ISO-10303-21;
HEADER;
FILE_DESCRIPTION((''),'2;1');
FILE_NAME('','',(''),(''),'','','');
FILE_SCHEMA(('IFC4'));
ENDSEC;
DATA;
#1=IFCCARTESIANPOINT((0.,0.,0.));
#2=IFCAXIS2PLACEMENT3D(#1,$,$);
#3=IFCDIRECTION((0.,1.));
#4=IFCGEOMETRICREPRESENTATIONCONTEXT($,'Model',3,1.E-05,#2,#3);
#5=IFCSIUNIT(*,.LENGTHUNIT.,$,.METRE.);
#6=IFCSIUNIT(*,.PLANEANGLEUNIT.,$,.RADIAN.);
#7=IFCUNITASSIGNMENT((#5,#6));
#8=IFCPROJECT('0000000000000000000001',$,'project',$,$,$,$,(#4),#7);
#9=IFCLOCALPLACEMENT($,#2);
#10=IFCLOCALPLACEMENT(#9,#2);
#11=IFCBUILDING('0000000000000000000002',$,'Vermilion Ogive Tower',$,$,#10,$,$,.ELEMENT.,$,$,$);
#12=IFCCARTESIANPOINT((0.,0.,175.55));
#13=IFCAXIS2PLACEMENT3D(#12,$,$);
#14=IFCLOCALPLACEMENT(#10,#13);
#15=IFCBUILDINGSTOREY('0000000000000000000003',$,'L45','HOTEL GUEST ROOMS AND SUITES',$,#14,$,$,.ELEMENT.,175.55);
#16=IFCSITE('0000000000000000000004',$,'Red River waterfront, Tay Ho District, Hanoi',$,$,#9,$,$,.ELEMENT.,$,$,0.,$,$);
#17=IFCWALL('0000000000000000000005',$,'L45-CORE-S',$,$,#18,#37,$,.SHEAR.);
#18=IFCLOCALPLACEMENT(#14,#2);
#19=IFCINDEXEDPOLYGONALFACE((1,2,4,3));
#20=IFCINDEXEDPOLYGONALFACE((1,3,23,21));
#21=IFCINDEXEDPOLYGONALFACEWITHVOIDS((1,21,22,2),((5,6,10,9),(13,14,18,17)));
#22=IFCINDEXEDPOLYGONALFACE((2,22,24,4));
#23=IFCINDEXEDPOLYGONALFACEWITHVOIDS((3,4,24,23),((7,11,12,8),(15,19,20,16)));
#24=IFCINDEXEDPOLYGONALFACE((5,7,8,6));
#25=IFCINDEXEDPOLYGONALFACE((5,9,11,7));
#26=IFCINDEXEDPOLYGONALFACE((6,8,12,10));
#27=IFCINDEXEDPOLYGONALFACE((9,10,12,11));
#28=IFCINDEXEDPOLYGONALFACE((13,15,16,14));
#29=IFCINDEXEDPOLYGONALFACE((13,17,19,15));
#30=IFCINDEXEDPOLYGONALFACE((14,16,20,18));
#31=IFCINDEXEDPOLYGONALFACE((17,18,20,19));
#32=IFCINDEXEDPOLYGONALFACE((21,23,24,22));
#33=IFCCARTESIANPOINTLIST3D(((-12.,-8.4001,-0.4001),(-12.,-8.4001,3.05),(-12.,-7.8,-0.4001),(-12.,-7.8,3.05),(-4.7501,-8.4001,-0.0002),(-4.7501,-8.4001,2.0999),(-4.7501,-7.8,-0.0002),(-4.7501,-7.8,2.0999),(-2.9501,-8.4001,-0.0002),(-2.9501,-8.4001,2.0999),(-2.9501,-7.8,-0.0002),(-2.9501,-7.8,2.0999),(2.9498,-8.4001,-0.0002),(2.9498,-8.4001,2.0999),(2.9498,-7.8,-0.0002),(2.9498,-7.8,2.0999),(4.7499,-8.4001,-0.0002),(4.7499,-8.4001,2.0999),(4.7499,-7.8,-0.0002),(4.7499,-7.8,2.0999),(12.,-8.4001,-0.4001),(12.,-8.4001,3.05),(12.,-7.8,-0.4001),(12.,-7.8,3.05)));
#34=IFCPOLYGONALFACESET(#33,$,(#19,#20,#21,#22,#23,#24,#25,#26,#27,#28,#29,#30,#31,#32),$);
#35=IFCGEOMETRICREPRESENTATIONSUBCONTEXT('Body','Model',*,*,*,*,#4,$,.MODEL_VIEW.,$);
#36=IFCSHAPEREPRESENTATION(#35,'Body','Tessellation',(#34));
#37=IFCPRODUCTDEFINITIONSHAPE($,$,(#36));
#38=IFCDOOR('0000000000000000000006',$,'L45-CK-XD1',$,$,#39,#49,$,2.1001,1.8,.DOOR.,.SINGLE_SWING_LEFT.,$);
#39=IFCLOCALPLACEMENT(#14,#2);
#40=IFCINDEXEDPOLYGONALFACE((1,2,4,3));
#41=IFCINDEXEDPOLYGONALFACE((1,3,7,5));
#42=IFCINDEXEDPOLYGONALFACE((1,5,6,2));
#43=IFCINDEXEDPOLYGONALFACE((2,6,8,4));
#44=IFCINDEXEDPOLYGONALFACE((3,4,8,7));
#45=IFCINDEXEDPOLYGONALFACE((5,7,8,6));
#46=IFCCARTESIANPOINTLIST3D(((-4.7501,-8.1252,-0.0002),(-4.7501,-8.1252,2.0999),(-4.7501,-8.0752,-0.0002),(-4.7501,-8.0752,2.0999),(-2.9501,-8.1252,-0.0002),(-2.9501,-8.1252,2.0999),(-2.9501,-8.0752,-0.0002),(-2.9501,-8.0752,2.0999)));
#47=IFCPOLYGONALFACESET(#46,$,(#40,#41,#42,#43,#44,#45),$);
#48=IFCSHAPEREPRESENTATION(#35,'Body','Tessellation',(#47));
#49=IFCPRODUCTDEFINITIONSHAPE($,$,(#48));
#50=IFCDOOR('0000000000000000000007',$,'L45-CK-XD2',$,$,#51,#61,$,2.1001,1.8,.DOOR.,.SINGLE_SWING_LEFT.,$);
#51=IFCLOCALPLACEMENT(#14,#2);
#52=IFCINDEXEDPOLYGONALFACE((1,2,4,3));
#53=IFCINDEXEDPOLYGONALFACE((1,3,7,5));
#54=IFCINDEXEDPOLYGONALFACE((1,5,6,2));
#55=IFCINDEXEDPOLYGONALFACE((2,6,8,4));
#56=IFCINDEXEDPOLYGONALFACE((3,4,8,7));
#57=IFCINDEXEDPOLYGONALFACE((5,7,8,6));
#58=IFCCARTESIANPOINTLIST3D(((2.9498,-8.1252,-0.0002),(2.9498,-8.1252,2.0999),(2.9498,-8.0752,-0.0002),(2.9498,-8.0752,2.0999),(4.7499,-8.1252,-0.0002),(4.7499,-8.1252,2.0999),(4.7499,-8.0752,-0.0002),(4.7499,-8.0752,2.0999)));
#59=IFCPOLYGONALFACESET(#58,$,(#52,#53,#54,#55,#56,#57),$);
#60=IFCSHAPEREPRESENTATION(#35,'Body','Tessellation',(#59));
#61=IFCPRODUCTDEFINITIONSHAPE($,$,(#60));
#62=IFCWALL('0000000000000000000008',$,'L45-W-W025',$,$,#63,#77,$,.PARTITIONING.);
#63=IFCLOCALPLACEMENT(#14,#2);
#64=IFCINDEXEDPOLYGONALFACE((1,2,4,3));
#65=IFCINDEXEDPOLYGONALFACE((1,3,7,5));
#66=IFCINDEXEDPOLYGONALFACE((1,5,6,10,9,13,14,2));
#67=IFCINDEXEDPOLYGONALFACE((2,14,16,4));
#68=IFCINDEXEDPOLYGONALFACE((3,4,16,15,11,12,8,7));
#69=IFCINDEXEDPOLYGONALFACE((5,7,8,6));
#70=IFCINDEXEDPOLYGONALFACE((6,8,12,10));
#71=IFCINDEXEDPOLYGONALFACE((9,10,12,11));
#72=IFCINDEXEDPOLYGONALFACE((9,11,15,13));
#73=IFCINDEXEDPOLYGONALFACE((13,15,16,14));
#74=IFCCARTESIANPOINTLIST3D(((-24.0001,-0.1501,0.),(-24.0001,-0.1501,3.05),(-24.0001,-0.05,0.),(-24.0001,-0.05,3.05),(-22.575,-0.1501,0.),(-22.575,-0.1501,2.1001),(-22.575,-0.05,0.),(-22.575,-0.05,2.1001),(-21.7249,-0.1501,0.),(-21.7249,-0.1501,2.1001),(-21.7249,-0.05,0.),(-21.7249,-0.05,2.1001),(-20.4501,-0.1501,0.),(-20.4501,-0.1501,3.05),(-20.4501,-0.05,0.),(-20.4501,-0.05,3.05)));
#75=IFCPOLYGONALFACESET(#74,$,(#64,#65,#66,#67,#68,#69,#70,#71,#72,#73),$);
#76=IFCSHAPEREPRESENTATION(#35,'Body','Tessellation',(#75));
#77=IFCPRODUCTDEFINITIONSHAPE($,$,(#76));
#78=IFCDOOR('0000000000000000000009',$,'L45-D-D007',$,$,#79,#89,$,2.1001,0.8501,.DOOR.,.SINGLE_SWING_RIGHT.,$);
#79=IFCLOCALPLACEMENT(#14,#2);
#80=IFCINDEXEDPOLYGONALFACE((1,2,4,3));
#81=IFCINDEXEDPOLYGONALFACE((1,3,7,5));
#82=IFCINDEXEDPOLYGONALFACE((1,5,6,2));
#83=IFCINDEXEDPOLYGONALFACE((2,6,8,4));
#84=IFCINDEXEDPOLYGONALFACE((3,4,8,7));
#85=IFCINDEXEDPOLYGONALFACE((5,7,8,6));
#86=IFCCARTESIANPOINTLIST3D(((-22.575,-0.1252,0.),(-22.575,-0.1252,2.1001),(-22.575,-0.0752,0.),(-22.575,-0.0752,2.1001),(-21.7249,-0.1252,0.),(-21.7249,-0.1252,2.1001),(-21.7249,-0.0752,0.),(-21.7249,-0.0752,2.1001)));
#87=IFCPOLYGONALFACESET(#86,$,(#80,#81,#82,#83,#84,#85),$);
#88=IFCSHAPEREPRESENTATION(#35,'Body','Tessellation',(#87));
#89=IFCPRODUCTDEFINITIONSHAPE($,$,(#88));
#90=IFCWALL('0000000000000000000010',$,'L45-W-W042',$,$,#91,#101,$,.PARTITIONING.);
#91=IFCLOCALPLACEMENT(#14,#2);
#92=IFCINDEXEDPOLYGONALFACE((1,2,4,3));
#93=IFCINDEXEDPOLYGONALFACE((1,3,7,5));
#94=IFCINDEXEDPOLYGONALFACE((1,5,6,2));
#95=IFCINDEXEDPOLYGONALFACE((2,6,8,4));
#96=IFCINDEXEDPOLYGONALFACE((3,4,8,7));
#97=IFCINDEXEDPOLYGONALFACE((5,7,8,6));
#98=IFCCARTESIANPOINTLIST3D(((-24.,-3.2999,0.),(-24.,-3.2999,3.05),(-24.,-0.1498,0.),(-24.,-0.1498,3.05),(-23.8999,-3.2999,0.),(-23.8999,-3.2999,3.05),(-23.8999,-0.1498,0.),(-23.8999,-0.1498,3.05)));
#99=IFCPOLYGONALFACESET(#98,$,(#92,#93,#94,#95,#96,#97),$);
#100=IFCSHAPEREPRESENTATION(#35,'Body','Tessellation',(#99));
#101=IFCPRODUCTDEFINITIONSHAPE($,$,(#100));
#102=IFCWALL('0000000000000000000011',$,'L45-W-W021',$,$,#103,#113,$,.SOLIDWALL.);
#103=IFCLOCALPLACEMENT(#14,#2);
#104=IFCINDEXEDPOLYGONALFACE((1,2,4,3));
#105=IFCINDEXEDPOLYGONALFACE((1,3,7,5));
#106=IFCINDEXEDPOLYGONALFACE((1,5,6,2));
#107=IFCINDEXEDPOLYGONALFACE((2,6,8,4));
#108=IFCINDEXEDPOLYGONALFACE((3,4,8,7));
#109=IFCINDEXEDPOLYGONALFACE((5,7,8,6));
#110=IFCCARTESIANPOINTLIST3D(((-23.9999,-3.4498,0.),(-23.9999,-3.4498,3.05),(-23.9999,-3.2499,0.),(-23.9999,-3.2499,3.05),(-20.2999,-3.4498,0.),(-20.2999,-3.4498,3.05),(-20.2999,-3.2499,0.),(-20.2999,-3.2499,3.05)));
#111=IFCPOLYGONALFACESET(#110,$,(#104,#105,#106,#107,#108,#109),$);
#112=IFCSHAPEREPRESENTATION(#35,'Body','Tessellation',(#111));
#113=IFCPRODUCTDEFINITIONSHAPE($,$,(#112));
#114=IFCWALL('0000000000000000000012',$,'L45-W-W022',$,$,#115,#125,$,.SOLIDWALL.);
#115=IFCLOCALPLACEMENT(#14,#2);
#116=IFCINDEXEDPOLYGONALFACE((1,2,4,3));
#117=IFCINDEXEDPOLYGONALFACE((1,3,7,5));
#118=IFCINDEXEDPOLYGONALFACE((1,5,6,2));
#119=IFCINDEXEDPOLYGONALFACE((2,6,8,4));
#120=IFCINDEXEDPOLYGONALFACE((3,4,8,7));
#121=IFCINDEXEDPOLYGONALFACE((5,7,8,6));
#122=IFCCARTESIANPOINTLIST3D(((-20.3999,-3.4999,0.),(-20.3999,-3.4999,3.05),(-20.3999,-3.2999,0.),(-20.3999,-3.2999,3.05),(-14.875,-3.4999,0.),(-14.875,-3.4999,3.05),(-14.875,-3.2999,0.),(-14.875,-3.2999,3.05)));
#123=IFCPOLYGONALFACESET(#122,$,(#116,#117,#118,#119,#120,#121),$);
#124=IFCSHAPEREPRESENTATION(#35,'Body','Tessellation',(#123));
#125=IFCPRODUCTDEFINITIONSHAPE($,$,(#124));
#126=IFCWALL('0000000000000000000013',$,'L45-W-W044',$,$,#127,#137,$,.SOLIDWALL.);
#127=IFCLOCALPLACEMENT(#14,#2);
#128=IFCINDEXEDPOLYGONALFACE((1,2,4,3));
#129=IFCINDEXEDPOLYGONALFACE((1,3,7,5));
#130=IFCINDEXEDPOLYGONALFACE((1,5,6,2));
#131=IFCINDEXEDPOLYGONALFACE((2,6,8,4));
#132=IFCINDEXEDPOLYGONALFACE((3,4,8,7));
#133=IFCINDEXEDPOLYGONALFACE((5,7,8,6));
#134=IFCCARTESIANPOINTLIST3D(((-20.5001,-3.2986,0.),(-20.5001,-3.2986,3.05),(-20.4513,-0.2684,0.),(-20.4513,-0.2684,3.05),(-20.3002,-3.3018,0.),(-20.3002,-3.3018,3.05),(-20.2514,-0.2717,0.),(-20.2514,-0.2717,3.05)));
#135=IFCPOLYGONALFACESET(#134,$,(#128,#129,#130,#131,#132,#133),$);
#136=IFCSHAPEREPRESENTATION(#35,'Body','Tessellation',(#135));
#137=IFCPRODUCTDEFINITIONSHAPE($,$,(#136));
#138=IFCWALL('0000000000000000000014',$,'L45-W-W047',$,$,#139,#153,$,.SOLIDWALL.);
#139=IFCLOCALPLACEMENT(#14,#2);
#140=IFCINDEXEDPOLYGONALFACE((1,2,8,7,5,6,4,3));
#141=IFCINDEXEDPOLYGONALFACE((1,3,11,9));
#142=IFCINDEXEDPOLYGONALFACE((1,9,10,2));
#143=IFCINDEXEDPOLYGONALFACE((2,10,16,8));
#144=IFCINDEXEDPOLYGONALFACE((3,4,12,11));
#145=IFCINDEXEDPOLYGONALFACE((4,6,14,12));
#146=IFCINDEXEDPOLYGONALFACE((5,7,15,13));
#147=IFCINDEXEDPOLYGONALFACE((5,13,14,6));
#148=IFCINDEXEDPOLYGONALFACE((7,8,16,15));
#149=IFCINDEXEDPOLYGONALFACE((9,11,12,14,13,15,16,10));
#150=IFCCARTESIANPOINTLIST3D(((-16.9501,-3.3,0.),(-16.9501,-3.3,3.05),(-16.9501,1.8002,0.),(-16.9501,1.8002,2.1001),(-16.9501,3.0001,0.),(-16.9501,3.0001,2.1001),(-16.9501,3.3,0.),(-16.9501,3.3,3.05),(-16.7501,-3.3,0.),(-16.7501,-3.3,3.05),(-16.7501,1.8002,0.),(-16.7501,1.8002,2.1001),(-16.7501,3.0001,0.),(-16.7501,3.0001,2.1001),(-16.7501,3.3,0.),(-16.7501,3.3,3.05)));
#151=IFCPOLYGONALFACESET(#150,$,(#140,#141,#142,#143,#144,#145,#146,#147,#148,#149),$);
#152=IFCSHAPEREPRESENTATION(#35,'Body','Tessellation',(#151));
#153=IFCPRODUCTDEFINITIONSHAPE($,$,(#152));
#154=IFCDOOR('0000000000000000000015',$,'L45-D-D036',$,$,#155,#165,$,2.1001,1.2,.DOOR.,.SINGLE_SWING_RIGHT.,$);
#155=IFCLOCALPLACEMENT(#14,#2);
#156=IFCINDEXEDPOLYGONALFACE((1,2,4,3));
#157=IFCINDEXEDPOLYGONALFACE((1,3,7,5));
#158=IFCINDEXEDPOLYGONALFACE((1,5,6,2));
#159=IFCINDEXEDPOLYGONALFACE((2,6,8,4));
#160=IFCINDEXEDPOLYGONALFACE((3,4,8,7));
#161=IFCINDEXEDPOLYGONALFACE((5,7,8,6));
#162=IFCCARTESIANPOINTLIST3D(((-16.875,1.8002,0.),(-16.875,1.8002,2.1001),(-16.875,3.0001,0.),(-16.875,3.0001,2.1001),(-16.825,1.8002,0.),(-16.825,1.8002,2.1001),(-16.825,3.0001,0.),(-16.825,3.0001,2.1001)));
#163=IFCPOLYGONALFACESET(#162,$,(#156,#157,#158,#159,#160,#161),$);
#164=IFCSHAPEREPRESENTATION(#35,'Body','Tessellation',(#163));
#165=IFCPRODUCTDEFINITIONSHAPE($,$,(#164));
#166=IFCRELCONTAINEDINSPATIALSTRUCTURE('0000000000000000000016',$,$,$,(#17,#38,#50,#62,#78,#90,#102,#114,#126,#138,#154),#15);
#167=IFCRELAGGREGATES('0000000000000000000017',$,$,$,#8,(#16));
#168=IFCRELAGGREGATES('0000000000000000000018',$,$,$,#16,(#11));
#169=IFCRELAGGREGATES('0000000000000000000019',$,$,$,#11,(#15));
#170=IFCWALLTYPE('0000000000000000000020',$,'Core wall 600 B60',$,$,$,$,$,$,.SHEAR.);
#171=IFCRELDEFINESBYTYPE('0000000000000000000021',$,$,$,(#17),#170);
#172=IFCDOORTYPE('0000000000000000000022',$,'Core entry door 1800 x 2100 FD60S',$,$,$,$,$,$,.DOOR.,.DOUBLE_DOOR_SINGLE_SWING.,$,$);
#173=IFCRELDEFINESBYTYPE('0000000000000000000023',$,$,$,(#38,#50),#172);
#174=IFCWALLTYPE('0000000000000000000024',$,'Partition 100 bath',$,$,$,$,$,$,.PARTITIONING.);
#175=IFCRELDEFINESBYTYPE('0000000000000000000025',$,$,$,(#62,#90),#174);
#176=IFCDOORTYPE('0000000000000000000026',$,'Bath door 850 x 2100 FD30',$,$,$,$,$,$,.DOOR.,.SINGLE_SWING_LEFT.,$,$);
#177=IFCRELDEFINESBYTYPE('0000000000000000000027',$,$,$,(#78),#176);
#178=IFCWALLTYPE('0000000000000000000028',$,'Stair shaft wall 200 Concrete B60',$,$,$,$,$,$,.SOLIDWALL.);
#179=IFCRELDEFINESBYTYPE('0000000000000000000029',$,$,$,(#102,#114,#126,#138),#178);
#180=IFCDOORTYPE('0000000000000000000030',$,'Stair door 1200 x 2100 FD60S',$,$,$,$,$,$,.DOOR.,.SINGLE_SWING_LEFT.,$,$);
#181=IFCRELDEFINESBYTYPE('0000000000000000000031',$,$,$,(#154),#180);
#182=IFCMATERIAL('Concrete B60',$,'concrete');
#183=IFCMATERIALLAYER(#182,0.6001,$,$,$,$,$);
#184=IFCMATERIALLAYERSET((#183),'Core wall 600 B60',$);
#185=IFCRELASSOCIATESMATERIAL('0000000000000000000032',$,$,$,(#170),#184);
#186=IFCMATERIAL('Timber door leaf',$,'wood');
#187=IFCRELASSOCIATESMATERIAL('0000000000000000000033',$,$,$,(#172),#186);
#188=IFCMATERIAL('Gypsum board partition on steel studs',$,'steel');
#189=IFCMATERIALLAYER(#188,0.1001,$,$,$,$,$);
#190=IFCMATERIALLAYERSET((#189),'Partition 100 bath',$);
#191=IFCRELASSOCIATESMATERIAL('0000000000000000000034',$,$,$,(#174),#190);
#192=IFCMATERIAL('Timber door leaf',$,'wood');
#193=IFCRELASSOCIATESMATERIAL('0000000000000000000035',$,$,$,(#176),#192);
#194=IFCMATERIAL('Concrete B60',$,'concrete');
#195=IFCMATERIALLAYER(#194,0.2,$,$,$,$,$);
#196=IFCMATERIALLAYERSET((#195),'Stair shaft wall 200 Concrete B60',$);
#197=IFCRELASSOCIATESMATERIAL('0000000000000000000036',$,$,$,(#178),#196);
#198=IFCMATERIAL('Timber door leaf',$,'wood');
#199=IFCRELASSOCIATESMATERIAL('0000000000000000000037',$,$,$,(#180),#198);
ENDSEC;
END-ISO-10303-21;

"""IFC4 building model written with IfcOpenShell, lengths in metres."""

from ifc_helpers import new_model, si_unit, direction, frame, frame_2d, origin, place, context, subcontext, project, spatial, rectangle, extrude, material, layer, layer_set, type_object, element, fill, save


model = new_model("IFC4")

# Units and contexts
model_context = context("Model", 3, precision=1e-05, world=origin(), true_north=direction((0.0, 1.0)))
body_context = subcontext(model_context, "Body", "Model", "MODEL_VIEW")
ifc_project = project(units=[si_unit("LENGTHUNIT", "METRE"), si_unit("PLANEANGLEUNIT", "RADIAN")], contexts=[model_context])

# Site, building, storey
site_placement = place(None, origin())
site = spatial("IfcSite", under=ifc_project, at=site_placement, Name="Red River waterfront, Tay Ho District, Hanoi", CompositionType="ELEMENT", RefElevation=0.0)
building_placement = place(site_placement, origin())
building = spatial("IfcBuilding", under=site, at=building_placement, Name="Vermilion Ogive Tower", CompositionType="ELEMENT")
storey_placement = place(building_placement, frame((0.0, 0.0, 175.55)))
storey = spatial("IfcBuildingStorey", under=building, at=storey_placement, Name="L45", Description="HOTEL GUEST ROOMS AND SUITES", CompositionType="ELEMENT", Elevation=175.55)

# Wall, openings, doors
ifc_material_1 = material(Name="Concrete B60", Category="concrete")
ifc_layer_1 = layer(ifc_material_1, 0.6001)
ifc_layer_set_1 = layer_set([ifc_layer_1], Name="Core wall 600 B60")
wall_type_1 = type_object("IfcWallType", Name="Core wall 600 B60", PredefinedType="SHEAR", material=ifc_layer_set_1)
wall_1_placement = place(storey_placement, frame((-12.0, -8.1001, -0.4001), z_axis=(0.0, 0.0, 1.0), x_axis=(1.0, 0.0, 0.0)))
wall_1 = element("IfcWall", 1, at=wall_1_placement, inside=storey, type_object=wall_type_1, Name="L45-CORE-S", PredefinedType="SHEAR", context=body_context, shape_type="SweptSolid", body=[
    extrude(rectangle(XDim=24.0, YDim=0.6001, at=frame_2d((12.0, 0.0))), origin(), (0.0, 0.0, 1.0), 3.4502),
])
opening_1_placement = place(wall_1_placement, frame((7.25, 0.0, 0.3999)))
opening_1 = element("IfcOpeningElement", 2, at=opening_1_placement, cuts=wall_1, PredefinedType="OPENING", context=body_context, shape_type="SweptSolid", body=[
    extrude(rectangle(XDim=1.8, YDim=2.1001, at=frame_2d((0.8999, 1.05))), frame((0.0, 0.3101, 0.0), z_axis=(0.0, -1.0, 0.0), x_axis=(1.0, 0.0, 0.0)), (0.0, 0.0, 1.0), 0.6201),
])
opening_2_placement = place(wall_1_placement, frame((14.95, 0.0, 0.3999)))
opening_2 = element("IfcOpeningElement", 3, at=opening_2_placement, cuts=wall_1, PredefinedType="OPENING", context=body_context, shape_type="SweptSolid", body=[
    extrude(rectangle(XDim=1.8, YDim=2.1001, at=frame_2d((0.8999, 1.05))), frame((0.0, 0.3101, 0.0), z_axis=(0.0, -1.0, 0.0), x_axis=(1.0, 0.0, 0.0)), (0.0, 0.0, 1.0), 0.6201),
])
ifc_material_2 = material(Name="Timber door leaf", Category="wood")
door_type_1 = type_object("IfcDoorType", Name="Core entry door 1800 x 2100 FD60S", OperationType="DOUBLE_DOOR_SINGLE_SWING", PredefinedType="DOOR", material=ifc_material_2)
door_1_placement = place(opening_1_placement, origin())
door_1 = element("IfcDoor", 4, at=door_1_placement, inside=storey, type_object=door_type_1, Name="L45-CK-XD1", OperationType="SINGLE_SWING_LEFT", OverallHeight=2.1001, OverallWidth=1.8, PredefinedType="DOOR", context=body_context, shape_type="SweptSolid", body=[
    extrude(rectangle(XDim=1.8, YDim=2.1001, at=frame_2d((0.8999, 1.05))), frame((0.0, 0.0249, 0.0), z_axis=(0.0, -1.0, 0.0), x_axis=(1.0, 0.0, 0.0)), (0.0, 0.0, 1.0), 0.05),
])
fill(opening_1, door_1)
door_2_placement = place(opening_2_placement, origin())
door_2 = element("IfcDoor", 5, at=door_2_placement, inside=storey, type_object=door_type_1, Name="L45-CK-XD2", OperationType="SINGLE_SWING_LEFT", OverallHeight=2.1001, OverallWidth=1.8, PredefinedType="DOOR", context=body_context, shape_type="SweptSolid", body=[
    extrude(rectangle(XDim=1.8, YDim=2.1001, at=frame_2d((0.8999, 1.05))), frame((0.0, 0.0249, 0.0), z_axis=(0.0, -1.0, 0.0), x_axis=(1.0, 0.0, 0.0)), (0.0, 0.0, 1.0), 0.05),
])
fill(opening_2, door_2)

# Wall, opening, door
ifc_material_3 = material(Name="Gypsum board partition on steel studs", Category="steel")
ifc_layer_2 = layer(ifc_material_3, 0.1001)
ifc_layer_set_2 = layer_set([ifc_layer_2], Name="Partition 100 bath")
wall_type_2 = type_object("IfcWallType", Name="Partition 100 bath", PredefinedType="PARTITIONING", material=ifc_layer_set_2)
wall_2_placement = place(storey_placement, frame((-24.0, -0.1001, 0.0), z_axis=(0.0, 0.0, 1.0), x_axis=(1.0, 0.0, 0.0)))
wall_2 = element("IfcWall", 6, at=wall_2_placement, inside=storey, type_object=wall_type_2, Name="L45-W-W025", PredefinedType="PARTITIONING", context=body_context, shape_type="SweptSolid", body=[
    extrude(rectangle(XDim=3.55, YDim=0.1001, at=frame_2d((1.7749, 0.0))), origin(), (0.0, 0.0, 1.0), 3.05),
])
opening_3_placement = place(wall_2_placement, frame((1.425, 0.0, 0.0)))
opening_3 = element("IfcOpeningElement", 7, at=opening_3_placement, cuts=wall_2, PredefinedType="OPENING", context=body_context, shape_type="SweptSolid", body=[
    extrude(rectangle(XDim=0.8501, YDim=2.1001, at=frame_2d((0.425, 1.05))), frame((0.0, 0.0601, 0.0), z_axis=(0.0, -1.0, 0.0), x_axis=(1.0, 0.0, 0.0)), (0.0, 0.0, 1.0), 0.1201),
])
ifc_material_4 = material(Name="Timber door leaf", Category="wood")
door_type_2 = type_object("IfcDoorType", Name="Bath door 850 x 2100 FD30", OperationType="SINGLE_SWING_LEFT", PredefinedType="DOOR", material=ifc_material_4)
door_3_placement = place(opening_3_placement, origin())
door_3 = element("IfcDoor", 8, at=door_3_placement, inside=storey, type_object=door_type_2, Name="L45-D-D007", OperationType="SINGLE_SWING_RIGHT", OverallHeight=2.1001, OverallWidth=0.8501, PredefinedType="DOOR", context=body_context, shape_type="SweptSolid", body=[
    extrude(rectangle(XDim=0.8501, YDim=2.1001, at=frame_2d((0.425, 1.05))), frame((0.0, 0.0249, 0.0), z_axis=(0.0, -1.0, 0.0), x_axis=(1.0, 0.0, 0.0)), (0.0, 0.0, 1.0), 0.05),
])
fill(opening_3, door_3)

# Walls
wall_3_placement = place(storey_placement, frame((-23.95, -3.3, 0.0), z_axis=(0.0, 0.0, 1.0), x_axis=(0.0, 1.0, 0.0)))
element("IfcWall", 9, at=wall_3_placement, inside=storey, type_object=wall_type_2, Name="L45-W-W042", PredefinedType="PARTITIONING", context=body_context, shape_type="SweptSolid", body=[
    extrude(rectangle(XDim=3.1501, YDim=0.1001, at=frame_2d((1.5752, 0.0))), origin(), (0.0, 0.0, 1.0), 3.05),
])
ifc_material_5 = material(Name="Concrete B60", Category="concrete")
ifc_layer_3 = layer(ifc_material_5, 0.2)
ifc_layer_set_3 = layer_set([ifc_layer_3], Name="Stair shaft wall 200 Concrete B60")
wall_type_3 = type_object("IfcWallType", Name="Stair shaft wall 200 Concrete B60", PredefinedType="SOLIDWALL", material=ifc_layer_set_3)
wall_4_placement = place(storey_placement, frame((-24.0, -3.3499, 0.0), z_axis=(0.0, 0.0, 1.0), x_axis=(1.0, 0.0, 0.0)))
element("IfcWall", 10, at=wall_4_placement, inside=storey, type_object=wall_type_3, Name="L45-W-W021", PredefinedType="SOLIDWALL", context=body_context, shape_type="SweptSolid", body=[
    extrude(rectangle(XDim=3.7, YDim=0.2, at=frame_2d((1.8501, 0.0))), origin(), (0.0, 0.0, 1.0), 3.05),
])
wall_5_placement = place(storey_placement, frame((-20.3999, -3.3999, 0.0), z_axis=(0.0, 0.0, 1.0), x_axis=(1.0, 0.0, 0.0)))
element("IfcWall", 11, at=wall_5_placement, inside=storey, type_object=wall_type_3, Name="L45-W-W022", PredefinedType="SOLIDWALL", context=body_context, shape_type="SweptSolid", body=[
    extrude(rectangle(XDim=5.5249, YDim=0.2, at=frame_2d((2.7625, 0.0))), origin(), (0.0, 0.0, 1.0), 3.05),
])
wall_6_placement = place(storey_placement, frame((-20.4001, -3.3, 0.0), z_axis=(0.0, 0.0, 1.0), x_axis=(0.016113, 0.99987, 0.0)))
element("IfcWall", 12, at=wall_6_placement, inside=storey, type_object=wall_type_3, Name="L45-W-W044", PredefinedType="SOLIDWALL", context=body_context, shape_type="SweptSolid", body=[
    extrude(rectangle(XDim=3.0305, YDim=0.2, at=frame_2d((1.5151, 0.0))), origin(), (0.0, 0.0, 1.0), 3.05),
])

# Wall, opening, door
wall_7_placement = place(storey_placement, frame((-16.8501, -3.3, 0.0), z_axis=(0.0, 0.0, 1.0), x_axis=(0.0, 1.0, 0.0)))
wall_7 = element("IfcWall", 13, at=wall_7_placement, inside=storey, type_object=wall_type_3, Name="L45-W-W047", PredefinedType="SOLIDWALL", context=body_context, shape_type="SweptSolid", body=[
    extrude(rectangle(XDim=6.6001, YDim=0.2, at=frame_2d((3.3, 0.0))), origin(), (0.0, 0.0, 1.0), 3.05),
])
opening_4_placement = place(wall_7_placement, frame((5.1001, 0.0, 0.0)))
opening_4 = element("IfcOpeningElement", 14, at=opening_4_placement, cuts=wall_7, PredefinedType="OPENING", context=body_context, shape_type="SweptSolid", body=[
    extrude(rectangle(XDim=1.2, YDim=2.1001, at=frame_2d((0.6001, 1.05))), frame((0.0, 0.1099, 0.0), z_axis=(0.0, -1.0, 0.0), x_axis=(1.0, 0.0, 0.0)), (0.0, 0.0, 1.0), 0.22),
])
ifc_material_6 = material(Name="Timber door leaf", Category="wood")
door_type_3 = type_object("IfcDoorType", Name="Stair door 1200 x 2100 FD60S", OperationType="SINGLE_SWING_LEFT", PredefinedType="DOOR", material=ifc_material_6)
door_4_placement = place(opening_4_placement, origin())
door_4 = element("IfcDoor", 15, at=door_4_placement, inside=storey, type_object=door_type_3, Name="L45-D-D036", OperationType="SINGLE_SWING_RIGHT", OverallHeight=2.1001, OverallWidth=1.2, PredefinedType="DOOR", context=body_context, shape_type="SweptSolid", body=[
    extrude(rectangle(XDim=1.2, YDim=2.1001, at=frame_2d((0.6001, 1.05))), frame((0.0, 0.0249, 0.0), z_axis=(0.0, -1.0, 0.0), x_axis=(1.0, 0.0, 0.0)), (0.0, 0.0, 1.0), 0.05),
])
fill(opening_4, door_4)

save(model, "model.ifc")
